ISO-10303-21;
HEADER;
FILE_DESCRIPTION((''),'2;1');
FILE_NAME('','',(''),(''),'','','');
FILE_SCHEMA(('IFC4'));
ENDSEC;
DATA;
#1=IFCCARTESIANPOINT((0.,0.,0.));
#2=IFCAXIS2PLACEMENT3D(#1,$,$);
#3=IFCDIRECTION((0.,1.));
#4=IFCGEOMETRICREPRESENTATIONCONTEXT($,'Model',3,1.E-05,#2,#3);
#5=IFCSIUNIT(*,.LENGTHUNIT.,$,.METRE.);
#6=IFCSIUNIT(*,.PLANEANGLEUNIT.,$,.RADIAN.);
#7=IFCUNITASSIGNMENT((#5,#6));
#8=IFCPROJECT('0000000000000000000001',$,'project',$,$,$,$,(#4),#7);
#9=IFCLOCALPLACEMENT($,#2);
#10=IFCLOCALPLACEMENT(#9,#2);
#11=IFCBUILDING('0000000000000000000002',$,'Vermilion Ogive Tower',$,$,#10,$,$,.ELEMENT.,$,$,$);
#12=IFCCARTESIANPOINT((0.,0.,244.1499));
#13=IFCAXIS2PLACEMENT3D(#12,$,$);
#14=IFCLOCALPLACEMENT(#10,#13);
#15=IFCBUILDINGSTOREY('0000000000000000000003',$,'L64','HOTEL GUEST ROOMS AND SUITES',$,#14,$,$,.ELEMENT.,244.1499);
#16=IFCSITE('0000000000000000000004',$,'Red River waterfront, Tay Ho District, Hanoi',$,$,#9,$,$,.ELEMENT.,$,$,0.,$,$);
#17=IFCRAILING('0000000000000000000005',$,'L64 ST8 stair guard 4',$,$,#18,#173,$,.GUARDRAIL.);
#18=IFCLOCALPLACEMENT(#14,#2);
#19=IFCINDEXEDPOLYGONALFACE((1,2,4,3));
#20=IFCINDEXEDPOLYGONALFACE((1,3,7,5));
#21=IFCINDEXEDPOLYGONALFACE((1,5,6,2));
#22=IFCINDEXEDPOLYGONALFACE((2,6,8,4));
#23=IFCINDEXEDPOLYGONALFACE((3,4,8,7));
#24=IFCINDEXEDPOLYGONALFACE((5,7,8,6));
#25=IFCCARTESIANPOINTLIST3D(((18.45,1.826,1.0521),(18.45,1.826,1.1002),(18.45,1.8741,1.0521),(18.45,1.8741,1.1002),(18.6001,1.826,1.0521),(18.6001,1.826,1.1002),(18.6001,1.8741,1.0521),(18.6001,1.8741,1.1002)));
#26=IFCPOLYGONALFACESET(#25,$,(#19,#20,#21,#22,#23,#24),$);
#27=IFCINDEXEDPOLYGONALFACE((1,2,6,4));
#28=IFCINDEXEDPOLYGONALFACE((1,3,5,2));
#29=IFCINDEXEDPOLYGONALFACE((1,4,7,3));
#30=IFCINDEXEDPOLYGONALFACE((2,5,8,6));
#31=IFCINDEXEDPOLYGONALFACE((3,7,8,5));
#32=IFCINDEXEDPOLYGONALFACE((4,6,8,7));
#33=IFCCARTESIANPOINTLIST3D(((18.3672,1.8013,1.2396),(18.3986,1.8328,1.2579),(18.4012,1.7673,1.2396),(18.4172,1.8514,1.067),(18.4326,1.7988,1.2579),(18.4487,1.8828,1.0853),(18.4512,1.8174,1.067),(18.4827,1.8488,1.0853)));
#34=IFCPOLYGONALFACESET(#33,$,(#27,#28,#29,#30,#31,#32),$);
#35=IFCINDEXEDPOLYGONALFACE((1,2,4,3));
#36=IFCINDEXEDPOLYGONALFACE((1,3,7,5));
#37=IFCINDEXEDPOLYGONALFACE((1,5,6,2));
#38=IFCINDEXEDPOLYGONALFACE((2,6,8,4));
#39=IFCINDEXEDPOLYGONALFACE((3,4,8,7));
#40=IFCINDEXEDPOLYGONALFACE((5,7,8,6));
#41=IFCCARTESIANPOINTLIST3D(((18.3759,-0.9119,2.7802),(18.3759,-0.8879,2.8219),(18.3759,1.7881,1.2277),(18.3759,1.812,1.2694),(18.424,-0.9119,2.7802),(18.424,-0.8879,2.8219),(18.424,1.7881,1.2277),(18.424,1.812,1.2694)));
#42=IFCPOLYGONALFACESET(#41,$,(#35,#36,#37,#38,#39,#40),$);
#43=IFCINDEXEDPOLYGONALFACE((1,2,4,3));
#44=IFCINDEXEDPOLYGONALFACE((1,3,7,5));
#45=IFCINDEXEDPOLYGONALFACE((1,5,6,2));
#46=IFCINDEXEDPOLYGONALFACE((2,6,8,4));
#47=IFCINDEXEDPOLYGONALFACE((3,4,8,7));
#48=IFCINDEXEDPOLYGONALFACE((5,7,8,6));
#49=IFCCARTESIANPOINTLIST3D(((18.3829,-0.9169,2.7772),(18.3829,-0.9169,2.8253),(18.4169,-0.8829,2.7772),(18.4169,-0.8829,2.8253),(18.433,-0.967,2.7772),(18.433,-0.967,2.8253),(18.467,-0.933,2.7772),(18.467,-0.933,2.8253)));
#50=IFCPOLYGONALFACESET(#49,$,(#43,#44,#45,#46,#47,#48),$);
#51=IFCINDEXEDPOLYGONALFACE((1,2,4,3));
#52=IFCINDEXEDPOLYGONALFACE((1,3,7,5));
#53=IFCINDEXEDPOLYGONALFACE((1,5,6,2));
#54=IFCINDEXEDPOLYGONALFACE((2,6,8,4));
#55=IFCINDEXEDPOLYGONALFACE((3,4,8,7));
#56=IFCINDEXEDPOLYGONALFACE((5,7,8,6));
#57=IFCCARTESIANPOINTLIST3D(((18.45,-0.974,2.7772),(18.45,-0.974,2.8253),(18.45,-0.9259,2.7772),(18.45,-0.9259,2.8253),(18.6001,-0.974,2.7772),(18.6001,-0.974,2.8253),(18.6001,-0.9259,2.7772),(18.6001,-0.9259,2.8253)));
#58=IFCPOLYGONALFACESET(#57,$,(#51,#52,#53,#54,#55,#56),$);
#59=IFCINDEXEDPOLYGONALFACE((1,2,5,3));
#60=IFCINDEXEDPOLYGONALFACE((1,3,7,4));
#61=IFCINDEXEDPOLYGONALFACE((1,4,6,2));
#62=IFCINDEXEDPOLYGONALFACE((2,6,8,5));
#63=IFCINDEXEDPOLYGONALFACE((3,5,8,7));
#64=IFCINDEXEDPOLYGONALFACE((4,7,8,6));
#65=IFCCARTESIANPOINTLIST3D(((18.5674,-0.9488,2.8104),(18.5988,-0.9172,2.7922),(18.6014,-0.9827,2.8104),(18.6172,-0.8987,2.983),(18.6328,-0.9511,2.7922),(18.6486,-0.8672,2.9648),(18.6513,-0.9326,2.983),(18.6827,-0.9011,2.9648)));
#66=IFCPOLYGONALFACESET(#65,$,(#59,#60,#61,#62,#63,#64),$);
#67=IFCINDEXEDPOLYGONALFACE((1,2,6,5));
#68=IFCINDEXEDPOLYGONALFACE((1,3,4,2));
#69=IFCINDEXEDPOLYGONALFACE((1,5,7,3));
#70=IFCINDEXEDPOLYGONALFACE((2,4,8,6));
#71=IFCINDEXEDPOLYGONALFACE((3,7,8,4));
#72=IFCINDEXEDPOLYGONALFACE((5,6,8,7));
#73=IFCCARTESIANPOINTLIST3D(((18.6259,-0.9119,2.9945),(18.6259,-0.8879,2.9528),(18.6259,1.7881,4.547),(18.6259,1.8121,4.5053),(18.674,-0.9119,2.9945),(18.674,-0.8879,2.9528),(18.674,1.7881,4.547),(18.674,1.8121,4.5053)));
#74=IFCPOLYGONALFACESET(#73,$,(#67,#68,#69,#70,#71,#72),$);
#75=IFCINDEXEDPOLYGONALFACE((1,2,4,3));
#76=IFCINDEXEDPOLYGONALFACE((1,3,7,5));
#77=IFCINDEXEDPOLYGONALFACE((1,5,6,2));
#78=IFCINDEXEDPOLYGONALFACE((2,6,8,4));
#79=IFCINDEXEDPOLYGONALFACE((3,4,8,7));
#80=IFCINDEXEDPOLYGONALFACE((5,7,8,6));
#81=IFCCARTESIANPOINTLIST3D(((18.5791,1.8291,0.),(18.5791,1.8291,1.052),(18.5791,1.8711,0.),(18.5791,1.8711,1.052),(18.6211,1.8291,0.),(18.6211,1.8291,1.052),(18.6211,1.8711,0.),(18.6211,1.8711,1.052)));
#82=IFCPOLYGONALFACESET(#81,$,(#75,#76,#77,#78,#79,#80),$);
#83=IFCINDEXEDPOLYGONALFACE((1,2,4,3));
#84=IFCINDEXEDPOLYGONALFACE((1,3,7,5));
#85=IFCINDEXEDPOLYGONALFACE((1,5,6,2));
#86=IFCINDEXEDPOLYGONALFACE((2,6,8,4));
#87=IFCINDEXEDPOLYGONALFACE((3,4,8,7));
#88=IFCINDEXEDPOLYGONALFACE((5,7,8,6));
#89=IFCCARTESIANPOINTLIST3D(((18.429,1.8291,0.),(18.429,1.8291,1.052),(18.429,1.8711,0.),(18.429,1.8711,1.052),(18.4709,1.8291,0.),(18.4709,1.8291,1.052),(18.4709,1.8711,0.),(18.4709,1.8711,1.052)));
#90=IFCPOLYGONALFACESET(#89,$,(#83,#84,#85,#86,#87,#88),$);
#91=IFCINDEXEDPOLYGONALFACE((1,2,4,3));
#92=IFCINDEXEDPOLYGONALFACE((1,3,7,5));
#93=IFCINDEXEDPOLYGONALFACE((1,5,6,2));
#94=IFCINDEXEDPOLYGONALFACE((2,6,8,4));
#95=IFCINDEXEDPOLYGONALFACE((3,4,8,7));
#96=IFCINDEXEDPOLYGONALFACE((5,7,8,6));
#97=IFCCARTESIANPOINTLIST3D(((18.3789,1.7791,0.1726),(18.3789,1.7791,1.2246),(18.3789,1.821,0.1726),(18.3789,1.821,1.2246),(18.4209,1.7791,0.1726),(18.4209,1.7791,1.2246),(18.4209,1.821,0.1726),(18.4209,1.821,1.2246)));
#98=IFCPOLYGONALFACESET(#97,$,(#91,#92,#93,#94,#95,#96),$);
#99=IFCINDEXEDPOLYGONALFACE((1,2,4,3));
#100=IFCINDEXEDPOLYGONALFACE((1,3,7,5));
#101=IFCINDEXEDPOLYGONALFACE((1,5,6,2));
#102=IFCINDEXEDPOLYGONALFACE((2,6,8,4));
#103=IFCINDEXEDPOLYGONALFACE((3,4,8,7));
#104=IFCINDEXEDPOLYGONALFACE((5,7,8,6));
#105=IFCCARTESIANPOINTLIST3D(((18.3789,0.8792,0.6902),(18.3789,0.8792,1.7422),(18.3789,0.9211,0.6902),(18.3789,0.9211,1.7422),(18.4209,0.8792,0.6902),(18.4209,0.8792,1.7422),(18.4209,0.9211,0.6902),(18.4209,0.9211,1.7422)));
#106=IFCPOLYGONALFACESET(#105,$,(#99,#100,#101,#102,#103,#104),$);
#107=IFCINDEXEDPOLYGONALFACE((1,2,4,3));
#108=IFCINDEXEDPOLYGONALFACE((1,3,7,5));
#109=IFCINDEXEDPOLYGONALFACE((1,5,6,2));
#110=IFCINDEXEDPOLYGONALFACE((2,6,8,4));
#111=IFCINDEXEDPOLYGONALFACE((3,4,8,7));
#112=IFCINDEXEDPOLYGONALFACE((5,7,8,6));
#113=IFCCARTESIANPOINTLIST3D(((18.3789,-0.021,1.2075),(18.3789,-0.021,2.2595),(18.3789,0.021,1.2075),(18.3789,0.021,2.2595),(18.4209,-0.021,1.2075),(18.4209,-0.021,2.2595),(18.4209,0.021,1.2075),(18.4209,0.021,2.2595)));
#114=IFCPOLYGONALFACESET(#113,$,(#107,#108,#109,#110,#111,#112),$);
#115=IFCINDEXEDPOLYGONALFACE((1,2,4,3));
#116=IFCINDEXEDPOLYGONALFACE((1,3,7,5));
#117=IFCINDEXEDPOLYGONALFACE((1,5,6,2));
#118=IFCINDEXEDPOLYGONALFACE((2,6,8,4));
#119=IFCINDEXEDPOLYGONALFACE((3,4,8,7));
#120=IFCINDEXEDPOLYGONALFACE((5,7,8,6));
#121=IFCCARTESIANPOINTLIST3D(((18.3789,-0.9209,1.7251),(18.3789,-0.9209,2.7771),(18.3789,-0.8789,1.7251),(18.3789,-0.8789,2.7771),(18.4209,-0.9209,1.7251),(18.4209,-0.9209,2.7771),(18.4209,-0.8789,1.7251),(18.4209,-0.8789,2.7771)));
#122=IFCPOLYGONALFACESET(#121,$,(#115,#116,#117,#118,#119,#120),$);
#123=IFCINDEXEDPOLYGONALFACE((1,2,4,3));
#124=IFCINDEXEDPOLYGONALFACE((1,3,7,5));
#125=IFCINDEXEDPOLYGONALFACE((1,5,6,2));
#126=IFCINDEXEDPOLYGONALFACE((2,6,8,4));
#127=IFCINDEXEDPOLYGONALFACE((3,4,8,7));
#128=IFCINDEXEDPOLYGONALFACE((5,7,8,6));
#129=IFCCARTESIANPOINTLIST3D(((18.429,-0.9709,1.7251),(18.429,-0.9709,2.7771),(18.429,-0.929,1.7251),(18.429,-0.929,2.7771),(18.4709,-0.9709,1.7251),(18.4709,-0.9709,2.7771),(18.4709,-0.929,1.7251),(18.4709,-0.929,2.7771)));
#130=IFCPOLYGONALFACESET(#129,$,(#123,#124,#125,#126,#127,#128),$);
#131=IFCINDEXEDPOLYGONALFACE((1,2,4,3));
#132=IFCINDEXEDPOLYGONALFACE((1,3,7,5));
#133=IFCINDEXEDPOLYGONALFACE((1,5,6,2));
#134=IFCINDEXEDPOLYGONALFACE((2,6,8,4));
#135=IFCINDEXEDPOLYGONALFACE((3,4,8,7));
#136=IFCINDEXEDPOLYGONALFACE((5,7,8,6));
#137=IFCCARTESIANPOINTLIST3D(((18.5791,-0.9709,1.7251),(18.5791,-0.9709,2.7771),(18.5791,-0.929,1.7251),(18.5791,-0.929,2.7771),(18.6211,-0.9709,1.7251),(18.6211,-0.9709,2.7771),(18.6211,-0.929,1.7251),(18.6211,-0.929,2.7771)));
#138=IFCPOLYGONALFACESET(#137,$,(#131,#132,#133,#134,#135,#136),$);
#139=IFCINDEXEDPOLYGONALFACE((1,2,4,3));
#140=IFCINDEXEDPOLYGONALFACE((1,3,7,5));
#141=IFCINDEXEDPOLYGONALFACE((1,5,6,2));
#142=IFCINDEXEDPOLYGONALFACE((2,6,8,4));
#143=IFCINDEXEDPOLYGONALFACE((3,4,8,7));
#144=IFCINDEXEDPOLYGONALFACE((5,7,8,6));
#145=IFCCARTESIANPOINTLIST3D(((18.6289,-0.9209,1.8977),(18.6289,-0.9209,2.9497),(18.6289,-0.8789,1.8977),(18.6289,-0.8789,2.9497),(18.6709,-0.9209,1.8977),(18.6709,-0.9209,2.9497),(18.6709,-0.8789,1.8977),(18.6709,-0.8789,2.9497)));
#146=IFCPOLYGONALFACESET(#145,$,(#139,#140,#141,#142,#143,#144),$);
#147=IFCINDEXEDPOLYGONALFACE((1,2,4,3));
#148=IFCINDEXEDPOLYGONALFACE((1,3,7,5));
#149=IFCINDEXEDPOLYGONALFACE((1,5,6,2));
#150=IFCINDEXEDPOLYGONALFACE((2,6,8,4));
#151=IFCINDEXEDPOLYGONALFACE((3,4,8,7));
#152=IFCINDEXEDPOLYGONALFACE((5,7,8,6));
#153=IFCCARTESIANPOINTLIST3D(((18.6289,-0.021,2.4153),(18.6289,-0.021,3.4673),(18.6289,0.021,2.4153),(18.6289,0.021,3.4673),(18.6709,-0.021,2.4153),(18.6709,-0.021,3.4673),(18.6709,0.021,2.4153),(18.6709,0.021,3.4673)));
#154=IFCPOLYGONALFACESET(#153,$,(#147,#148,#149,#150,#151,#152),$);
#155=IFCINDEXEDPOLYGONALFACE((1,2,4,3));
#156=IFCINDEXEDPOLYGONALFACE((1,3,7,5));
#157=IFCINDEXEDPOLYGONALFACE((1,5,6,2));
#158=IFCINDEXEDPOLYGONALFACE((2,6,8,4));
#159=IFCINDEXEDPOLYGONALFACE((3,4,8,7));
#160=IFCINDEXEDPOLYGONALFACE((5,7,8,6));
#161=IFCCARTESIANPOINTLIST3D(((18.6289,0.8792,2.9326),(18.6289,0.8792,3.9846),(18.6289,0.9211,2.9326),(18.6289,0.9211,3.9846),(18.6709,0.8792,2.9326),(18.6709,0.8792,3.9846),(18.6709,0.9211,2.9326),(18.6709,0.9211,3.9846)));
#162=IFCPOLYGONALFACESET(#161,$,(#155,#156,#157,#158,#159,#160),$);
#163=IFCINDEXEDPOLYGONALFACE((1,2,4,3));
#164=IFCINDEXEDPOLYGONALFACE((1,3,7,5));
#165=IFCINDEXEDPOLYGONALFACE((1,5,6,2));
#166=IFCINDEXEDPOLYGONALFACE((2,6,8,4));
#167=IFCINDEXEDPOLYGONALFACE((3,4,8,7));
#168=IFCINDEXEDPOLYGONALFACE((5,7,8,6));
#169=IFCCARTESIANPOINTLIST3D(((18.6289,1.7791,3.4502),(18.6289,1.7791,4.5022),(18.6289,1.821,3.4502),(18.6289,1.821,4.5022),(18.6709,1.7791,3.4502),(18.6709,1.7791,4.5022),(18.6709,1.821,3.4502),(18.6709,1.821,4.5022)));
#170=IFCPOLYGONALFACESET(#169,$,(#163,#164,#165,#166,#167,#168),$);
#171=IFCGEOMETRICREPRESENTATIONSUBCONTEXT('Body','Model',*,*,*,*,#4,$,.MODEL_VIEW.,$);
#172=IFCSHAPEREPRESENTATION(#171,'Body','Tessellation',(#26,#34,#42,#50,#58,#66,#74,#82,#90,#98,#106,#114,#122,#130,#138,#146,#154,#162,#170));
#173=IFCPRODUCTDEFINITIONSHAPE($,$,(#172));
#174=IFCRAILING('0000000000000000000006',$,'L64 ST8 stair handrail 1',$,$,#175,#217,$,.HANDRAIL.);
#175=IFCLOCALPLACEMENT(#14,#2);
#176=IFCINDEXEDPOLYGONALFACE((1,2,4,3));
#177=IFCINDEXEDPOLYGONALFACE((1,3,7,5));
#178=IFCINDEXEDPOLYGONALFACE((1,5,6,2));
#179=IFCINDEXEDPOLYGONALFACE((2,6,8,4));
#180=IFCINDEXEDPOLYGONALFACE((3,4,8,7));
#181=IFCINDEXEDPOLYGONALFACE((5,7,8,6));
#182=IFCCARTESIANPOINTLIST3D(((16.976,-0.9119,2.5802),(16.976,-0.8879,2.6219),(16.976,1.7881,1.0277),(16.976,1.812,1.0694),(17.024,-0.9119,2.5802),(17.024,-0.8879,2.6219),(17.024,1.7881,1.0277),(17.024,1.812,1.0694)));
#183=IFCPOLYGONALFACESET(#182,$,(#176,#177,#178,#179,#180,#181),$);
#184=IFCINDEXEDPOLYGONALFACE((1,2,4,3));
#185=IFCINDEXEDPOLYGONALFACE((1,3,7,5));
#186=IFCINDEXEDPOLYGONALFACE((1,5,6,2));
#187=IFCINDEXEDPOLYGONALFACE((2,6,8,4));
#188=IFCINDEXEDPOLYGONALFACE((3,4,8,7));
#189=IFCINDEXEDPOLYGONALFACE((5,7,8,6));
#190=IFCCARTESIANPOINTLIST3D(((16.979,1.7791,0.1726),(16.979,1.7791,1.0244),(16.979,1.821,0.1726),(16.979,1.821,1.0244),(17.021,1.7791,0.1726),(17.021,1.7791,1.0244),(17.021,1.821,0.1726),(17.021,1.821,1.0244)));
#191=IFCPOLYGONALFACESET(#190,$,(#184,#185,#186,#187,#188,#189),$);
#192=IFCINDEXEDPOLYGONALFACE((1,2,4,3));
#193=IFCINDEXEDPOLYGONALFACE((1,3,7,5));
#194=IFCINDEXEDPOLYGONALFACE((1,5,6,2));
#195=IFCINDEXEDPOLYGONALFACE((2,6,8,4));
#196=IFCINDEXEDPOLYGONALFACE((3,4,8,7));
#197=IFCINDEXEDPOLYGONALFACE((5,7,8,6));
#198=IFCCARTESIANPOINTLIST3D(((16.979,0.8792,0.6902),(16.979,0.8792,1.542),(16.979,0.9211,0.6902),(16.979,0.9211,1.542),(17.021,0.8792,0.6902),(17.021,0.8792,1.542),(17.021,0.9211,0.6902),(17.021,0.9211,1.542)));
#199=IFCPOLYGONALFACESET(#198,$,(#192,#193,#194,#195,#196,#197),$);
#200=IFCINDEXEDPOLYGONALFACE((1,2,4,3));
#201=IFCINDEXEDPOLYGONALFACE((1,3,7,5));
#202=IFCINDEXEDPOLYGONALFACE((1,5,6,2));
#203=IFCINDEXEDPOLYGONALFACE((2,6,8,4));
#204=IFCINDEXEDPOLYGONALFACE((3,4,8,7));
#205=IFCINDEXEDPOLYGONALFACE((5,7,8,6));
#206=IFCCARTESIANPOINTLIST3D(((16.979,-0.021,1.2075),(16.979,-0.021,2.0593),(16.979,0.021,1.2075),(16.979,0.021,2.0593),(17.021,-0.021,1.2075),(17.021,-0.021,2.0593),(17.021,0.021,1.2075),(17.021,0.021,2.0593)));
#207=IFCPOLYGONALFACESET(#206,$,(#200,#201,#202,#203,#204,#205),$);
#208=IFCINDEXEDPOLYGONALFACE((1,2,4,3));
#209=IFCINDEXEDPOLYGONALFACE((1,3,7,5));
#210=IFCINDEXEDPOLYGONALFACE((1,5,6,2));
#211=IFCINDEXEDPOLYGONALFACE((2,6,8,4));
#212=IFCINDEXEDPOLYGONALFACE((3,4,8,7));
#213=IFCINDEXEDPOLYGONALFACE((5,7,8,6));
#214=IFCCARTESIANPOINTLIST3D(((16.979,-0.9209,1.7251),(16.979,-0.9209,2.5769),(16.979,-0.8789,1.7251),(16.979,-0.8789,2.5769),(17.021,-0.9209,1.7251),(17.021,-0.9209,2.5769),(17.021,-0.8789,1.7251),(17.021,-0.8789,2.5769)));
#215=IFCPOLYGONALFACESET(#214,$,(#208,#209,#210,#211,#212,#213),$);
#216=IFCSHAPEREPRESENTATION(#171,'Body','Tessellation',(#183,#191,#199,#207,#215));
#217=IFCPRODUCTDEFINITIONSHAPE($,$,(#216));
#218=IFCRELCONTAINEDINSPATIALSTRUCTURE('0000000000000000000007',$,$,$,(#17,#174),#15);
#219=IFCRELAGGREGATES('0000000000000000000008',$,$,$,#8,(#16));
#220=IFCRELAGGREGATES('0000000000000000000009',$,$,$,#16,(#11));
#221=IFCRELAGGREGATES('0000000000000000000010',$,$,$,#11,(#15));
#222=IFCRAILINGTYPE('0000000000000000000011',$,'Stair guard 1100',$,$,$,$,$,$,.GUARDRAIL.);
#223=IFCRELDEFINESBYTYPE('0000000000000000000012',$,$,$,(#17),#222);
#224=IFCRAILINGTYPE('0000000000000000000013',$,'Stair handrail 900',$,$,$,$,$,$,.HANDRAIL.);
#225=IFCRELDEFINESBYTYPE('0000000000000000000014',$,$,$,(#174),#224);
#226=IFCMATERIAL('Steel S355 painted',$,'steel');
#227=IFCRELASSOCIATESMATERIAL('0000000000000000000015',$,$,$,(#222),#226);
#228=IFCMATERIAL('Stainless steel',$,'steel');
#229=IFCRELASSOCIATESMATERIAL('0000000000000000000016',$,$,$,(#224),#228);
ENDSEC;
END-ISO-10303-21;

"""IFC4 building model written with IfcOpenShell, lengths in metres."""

from ifc_helpers import new_model, si_unit, direction, frame, origin, origin_2d, place, context, subcontext, project, spatial, rectangle, extrude, material, type_object, element, save


model = new_model("IFC4")

# Units and contexts
model_context = context("Model", 3, precision=1e-05, world=origin(), true_north=direction((0.0, 1.0)))
body_context = subcontext(model_context, "Body", "Model", "MODEL_VIEW")
ifc_project = project(units=[si_unit("LENGTHUNIT", "METRE"), si_unit("PLANEANGLEUNIT", "RADIAN")], contexts=[model_context])

# Site, building, storey
site_placement = place(None, origin())
site = spatial("IfcSite", under=ifc_project, at=site_placement, Name="Red River waterfront, Tay Ho District, Hanoi", CompositionType="ELEMENT", RefElevation=0.0)
building_placement = place(site_placement, origin())
building = spatial("IfcBuilding", under=site, at=building_placement, Name="Vermilion Ogive Tower", CompositionType="ELEMENT")
storey_placement = place(building_placement, frame((0.0, 0.0, 244.1499)))
storey = spatial("IfcBuildingStorey", under=building, at=storey_placement, Name="L64", Description="HOTEL GUEST ROOMS AND SUITES", CompositionType="ELEMENT", Elevation=244.1499)

# Railings
ifc_material_1 = material(Name="Steel S355 painted", Category="steel")
railing_type_1 = type_object("IfcRailingType", Name="Stair guard 1100", PredefinedType="GUARDRAIL", material=ifc_material_1)
railing_1_placement = place(storey_placement, frame((18.6001, 1.8501, 0.0)))
element("IfcRailing", 1, at=railing_1_placement, inside=storey, type_object=railing_type_1, Name="L64 ST8 stair guard 4", PredefinedType="GUARDRAIL", context=body_context, shape_type="SweptSolid", body=[
    extrude(rectangle(XDim=0.0481, YDim=0.0481, at=origin_2d()), frame((0.0, 0.0, 1.0762), z_axis=(-1.0, 0.0, 0.0), x_axis=(0.0, -1.0, 0.0)), (0.0, 0.0, 1.0), 0.1501),
    extrude(rectangle(XDim=0.0481, YDim=0.0481, at=origin_2d()), frame((-0.1501, 0.0, 1.0762), z_axis=(-0.268278, -0.268278, 0.925232), x_axis=(0.707107, -0.707107, 0.0)), (0.0, 0.0, 1.0), 0.1865),
    extrude(rectangle(XDim=0.0481, YDim=0.0481, at=origin_2d()), frame((-0.2002, -0.05, 1.2485), z_axis=(0.0, -0.866904, 0.498476), x_axis=(1.0, 0.0, 0.0)), (0.0, 0.0, 1.0), 3.1145),
    extrude(rectangle(XDim=0.0481, YDim=0.0481, at=origin_2d()), frame((-0.2002, -2.75, 2.8013), z_axis=(0.707107, -0.707107, 0.0), x_axis=(0.707107, 0.707107, 0.0)), (0.0, 0.0, 1.0), 0.0708),
    extrude(rectangle(XDim=0.0481, YDim=0.0481, at=origin_2d()), frame((-0.1501, -2.8, 2.8013), z_axis=(1.0, 0.0, 0.0), x_axis=(0.0, 1.0, 0.0)), (0.0, 0.0, 1.0), 0.1501),
    extrude(rectangle(XDim=0.0481, YDim=0.0481, at=origin_2d()), frame((0.0, -2.8, 2.8013), z_axis=(0.267063, 0.268372, 0.925556), x_axis=(-0.708834, 0.705376, 0.0)), (0.0, 0.0, 1.0), 0.1865),
    extrude(rectangle(XDim=0.0481, YDim=0.0481, at=origin_2d()), frame((0.0498, -2.75, 2.9736), z_axis=(0.0, 0.866904, 0.498476), x_axis=(-1.0, 0.0, 0.0)), (0.0, 0.0, 1.0), 3.1145),
    extrude(rectangle(XDim=0.042, YDim=0.042, at=origin_2d()), origin(), (0.0, 0.0, 1.0), 1.052),
    extrude(rectangle(XDim=0.042, YDim=0.042, at=origin_2d()), frame((-0.1501, 0.0, 0.0)), (0.0, 0.0, 1.0), 1.052),
    extrude(rectangle(XDim=0.042, YDim=0.042, at=origin_2d()), frame((-0.2002, -0.05, 0.1726)), (0.0, 0.0, 1.0), 1.052),
    extrude(rectangle(XDim=0.042, YDim=0.042, at=origin_2d()), frame((-0.2002, -0.95, 0.6902)), (0.0, 0.0, 1.0), 1.052),
    extrude(rectangle(XDim=0.042, YDim=0.042, at=origin_2d()), frame((-0.2002, -1.8501, 1.2075)), (0.0, 0.0, 1.0), 1.052),
    extrude(rectangle(XDim=0.042, YDim=0.042, at=origin_2d()), frame((-0.2002, -2.75, 1.7251)), (0.0, 0.0, 1.0), 1.052),
    extrude(rectangle(XDim=0.042, YDim=0.042, at=origin_2d()), frame((-0.1501, -2.8, 1.7251)), (0.0, 0.0, 1.0), 1.052),
    extrude(rectangle(XDim=0.042, YDim=0.042, at=origin_2d()), frame((0.0, -2.8, 1.7251)), (0.0, 0.0, 1.0), 1.052),
    extrude(rectangle(XDim=0.042, YDim=0.042, at=origin_2d()), frame((0.0498, -2.75, 1.8977)), (0.0, 0.0, 1.0), 1.052),
    extrude(rectangle(XDim=0.042, YDim=0.042, at=origin_2d()), frame((0.0498, -1.8501, 2.4153)), (0.0, 0.0, 1.0), 1.052),
    extrude(rectangle(XDim=0.042, YDim=0.042, at=origin_2d()), frame((0.0498, -0.95, 2.9326)), (0.0, 0.0, 1.0), 1.052),
    extrude(rectangle(XDim=0.042, YDim=0.042, at=origin_2d()), frame((0.0498, -0.05, 3.4502)), (0.0, 0.0, 1.0), 1.052),
])
ifc_material_2 = material(Name="Stainless steel", Category="steel")
railing_type_2 = type_object("IfcRailingType", Name="Stair handrail 900", PredefinedType="HANDRAIL", material=ifc_material_2)
railing_2_placement = place(storey_placement, frame((17.0, 1.8, 0.1726)))
element("IfcRailing", 2, at=railing_2_placement, inside=storey, type_object=railing_type_2, Name="L64 ST8 stair handrail 1", PredefinedType="HANDRAIL", context=body_context, shape_type="SweptSolid", body=[
    extrude(rectangle(XDim=0.0481, YDim=0.0481, at=origin_2d()), frame((0.0, 0.0, 0.876), z_axis=(0.0, -0.866904, 0.498476), x_axis=(1.0, 0.0, 0.0)), (0.0, 0.0, 1.0), 3.1145),
    extrude(rectangle(XDim=0.042, YDim=0.042, at=origin_2d()), origin(), (0.0, 0.0, 1.0), 0.8518),
    extrude(rectangle(XDim=0.042, YDim=0.042, at=origin_2d()), frame((0.0, -0.8999, 0.5176)), (0.0, 0.0, 1.0), 0.8518),
    extrude(rectangle(XDim=0.042, YDim=0.042, at=origin_2d()), frame((0.0, -1.8, 1.0349)), (0.0, 0.0, 1.0), 0.8518),
    extrude(rectangle(XDim=0.042, YDim=0.042, at=origin_2d()), frame((0.0, -2.7, 1.5525)), (0.0, 0.0, 1.0), 0.8518),
])

save(model, "model.ifc")
